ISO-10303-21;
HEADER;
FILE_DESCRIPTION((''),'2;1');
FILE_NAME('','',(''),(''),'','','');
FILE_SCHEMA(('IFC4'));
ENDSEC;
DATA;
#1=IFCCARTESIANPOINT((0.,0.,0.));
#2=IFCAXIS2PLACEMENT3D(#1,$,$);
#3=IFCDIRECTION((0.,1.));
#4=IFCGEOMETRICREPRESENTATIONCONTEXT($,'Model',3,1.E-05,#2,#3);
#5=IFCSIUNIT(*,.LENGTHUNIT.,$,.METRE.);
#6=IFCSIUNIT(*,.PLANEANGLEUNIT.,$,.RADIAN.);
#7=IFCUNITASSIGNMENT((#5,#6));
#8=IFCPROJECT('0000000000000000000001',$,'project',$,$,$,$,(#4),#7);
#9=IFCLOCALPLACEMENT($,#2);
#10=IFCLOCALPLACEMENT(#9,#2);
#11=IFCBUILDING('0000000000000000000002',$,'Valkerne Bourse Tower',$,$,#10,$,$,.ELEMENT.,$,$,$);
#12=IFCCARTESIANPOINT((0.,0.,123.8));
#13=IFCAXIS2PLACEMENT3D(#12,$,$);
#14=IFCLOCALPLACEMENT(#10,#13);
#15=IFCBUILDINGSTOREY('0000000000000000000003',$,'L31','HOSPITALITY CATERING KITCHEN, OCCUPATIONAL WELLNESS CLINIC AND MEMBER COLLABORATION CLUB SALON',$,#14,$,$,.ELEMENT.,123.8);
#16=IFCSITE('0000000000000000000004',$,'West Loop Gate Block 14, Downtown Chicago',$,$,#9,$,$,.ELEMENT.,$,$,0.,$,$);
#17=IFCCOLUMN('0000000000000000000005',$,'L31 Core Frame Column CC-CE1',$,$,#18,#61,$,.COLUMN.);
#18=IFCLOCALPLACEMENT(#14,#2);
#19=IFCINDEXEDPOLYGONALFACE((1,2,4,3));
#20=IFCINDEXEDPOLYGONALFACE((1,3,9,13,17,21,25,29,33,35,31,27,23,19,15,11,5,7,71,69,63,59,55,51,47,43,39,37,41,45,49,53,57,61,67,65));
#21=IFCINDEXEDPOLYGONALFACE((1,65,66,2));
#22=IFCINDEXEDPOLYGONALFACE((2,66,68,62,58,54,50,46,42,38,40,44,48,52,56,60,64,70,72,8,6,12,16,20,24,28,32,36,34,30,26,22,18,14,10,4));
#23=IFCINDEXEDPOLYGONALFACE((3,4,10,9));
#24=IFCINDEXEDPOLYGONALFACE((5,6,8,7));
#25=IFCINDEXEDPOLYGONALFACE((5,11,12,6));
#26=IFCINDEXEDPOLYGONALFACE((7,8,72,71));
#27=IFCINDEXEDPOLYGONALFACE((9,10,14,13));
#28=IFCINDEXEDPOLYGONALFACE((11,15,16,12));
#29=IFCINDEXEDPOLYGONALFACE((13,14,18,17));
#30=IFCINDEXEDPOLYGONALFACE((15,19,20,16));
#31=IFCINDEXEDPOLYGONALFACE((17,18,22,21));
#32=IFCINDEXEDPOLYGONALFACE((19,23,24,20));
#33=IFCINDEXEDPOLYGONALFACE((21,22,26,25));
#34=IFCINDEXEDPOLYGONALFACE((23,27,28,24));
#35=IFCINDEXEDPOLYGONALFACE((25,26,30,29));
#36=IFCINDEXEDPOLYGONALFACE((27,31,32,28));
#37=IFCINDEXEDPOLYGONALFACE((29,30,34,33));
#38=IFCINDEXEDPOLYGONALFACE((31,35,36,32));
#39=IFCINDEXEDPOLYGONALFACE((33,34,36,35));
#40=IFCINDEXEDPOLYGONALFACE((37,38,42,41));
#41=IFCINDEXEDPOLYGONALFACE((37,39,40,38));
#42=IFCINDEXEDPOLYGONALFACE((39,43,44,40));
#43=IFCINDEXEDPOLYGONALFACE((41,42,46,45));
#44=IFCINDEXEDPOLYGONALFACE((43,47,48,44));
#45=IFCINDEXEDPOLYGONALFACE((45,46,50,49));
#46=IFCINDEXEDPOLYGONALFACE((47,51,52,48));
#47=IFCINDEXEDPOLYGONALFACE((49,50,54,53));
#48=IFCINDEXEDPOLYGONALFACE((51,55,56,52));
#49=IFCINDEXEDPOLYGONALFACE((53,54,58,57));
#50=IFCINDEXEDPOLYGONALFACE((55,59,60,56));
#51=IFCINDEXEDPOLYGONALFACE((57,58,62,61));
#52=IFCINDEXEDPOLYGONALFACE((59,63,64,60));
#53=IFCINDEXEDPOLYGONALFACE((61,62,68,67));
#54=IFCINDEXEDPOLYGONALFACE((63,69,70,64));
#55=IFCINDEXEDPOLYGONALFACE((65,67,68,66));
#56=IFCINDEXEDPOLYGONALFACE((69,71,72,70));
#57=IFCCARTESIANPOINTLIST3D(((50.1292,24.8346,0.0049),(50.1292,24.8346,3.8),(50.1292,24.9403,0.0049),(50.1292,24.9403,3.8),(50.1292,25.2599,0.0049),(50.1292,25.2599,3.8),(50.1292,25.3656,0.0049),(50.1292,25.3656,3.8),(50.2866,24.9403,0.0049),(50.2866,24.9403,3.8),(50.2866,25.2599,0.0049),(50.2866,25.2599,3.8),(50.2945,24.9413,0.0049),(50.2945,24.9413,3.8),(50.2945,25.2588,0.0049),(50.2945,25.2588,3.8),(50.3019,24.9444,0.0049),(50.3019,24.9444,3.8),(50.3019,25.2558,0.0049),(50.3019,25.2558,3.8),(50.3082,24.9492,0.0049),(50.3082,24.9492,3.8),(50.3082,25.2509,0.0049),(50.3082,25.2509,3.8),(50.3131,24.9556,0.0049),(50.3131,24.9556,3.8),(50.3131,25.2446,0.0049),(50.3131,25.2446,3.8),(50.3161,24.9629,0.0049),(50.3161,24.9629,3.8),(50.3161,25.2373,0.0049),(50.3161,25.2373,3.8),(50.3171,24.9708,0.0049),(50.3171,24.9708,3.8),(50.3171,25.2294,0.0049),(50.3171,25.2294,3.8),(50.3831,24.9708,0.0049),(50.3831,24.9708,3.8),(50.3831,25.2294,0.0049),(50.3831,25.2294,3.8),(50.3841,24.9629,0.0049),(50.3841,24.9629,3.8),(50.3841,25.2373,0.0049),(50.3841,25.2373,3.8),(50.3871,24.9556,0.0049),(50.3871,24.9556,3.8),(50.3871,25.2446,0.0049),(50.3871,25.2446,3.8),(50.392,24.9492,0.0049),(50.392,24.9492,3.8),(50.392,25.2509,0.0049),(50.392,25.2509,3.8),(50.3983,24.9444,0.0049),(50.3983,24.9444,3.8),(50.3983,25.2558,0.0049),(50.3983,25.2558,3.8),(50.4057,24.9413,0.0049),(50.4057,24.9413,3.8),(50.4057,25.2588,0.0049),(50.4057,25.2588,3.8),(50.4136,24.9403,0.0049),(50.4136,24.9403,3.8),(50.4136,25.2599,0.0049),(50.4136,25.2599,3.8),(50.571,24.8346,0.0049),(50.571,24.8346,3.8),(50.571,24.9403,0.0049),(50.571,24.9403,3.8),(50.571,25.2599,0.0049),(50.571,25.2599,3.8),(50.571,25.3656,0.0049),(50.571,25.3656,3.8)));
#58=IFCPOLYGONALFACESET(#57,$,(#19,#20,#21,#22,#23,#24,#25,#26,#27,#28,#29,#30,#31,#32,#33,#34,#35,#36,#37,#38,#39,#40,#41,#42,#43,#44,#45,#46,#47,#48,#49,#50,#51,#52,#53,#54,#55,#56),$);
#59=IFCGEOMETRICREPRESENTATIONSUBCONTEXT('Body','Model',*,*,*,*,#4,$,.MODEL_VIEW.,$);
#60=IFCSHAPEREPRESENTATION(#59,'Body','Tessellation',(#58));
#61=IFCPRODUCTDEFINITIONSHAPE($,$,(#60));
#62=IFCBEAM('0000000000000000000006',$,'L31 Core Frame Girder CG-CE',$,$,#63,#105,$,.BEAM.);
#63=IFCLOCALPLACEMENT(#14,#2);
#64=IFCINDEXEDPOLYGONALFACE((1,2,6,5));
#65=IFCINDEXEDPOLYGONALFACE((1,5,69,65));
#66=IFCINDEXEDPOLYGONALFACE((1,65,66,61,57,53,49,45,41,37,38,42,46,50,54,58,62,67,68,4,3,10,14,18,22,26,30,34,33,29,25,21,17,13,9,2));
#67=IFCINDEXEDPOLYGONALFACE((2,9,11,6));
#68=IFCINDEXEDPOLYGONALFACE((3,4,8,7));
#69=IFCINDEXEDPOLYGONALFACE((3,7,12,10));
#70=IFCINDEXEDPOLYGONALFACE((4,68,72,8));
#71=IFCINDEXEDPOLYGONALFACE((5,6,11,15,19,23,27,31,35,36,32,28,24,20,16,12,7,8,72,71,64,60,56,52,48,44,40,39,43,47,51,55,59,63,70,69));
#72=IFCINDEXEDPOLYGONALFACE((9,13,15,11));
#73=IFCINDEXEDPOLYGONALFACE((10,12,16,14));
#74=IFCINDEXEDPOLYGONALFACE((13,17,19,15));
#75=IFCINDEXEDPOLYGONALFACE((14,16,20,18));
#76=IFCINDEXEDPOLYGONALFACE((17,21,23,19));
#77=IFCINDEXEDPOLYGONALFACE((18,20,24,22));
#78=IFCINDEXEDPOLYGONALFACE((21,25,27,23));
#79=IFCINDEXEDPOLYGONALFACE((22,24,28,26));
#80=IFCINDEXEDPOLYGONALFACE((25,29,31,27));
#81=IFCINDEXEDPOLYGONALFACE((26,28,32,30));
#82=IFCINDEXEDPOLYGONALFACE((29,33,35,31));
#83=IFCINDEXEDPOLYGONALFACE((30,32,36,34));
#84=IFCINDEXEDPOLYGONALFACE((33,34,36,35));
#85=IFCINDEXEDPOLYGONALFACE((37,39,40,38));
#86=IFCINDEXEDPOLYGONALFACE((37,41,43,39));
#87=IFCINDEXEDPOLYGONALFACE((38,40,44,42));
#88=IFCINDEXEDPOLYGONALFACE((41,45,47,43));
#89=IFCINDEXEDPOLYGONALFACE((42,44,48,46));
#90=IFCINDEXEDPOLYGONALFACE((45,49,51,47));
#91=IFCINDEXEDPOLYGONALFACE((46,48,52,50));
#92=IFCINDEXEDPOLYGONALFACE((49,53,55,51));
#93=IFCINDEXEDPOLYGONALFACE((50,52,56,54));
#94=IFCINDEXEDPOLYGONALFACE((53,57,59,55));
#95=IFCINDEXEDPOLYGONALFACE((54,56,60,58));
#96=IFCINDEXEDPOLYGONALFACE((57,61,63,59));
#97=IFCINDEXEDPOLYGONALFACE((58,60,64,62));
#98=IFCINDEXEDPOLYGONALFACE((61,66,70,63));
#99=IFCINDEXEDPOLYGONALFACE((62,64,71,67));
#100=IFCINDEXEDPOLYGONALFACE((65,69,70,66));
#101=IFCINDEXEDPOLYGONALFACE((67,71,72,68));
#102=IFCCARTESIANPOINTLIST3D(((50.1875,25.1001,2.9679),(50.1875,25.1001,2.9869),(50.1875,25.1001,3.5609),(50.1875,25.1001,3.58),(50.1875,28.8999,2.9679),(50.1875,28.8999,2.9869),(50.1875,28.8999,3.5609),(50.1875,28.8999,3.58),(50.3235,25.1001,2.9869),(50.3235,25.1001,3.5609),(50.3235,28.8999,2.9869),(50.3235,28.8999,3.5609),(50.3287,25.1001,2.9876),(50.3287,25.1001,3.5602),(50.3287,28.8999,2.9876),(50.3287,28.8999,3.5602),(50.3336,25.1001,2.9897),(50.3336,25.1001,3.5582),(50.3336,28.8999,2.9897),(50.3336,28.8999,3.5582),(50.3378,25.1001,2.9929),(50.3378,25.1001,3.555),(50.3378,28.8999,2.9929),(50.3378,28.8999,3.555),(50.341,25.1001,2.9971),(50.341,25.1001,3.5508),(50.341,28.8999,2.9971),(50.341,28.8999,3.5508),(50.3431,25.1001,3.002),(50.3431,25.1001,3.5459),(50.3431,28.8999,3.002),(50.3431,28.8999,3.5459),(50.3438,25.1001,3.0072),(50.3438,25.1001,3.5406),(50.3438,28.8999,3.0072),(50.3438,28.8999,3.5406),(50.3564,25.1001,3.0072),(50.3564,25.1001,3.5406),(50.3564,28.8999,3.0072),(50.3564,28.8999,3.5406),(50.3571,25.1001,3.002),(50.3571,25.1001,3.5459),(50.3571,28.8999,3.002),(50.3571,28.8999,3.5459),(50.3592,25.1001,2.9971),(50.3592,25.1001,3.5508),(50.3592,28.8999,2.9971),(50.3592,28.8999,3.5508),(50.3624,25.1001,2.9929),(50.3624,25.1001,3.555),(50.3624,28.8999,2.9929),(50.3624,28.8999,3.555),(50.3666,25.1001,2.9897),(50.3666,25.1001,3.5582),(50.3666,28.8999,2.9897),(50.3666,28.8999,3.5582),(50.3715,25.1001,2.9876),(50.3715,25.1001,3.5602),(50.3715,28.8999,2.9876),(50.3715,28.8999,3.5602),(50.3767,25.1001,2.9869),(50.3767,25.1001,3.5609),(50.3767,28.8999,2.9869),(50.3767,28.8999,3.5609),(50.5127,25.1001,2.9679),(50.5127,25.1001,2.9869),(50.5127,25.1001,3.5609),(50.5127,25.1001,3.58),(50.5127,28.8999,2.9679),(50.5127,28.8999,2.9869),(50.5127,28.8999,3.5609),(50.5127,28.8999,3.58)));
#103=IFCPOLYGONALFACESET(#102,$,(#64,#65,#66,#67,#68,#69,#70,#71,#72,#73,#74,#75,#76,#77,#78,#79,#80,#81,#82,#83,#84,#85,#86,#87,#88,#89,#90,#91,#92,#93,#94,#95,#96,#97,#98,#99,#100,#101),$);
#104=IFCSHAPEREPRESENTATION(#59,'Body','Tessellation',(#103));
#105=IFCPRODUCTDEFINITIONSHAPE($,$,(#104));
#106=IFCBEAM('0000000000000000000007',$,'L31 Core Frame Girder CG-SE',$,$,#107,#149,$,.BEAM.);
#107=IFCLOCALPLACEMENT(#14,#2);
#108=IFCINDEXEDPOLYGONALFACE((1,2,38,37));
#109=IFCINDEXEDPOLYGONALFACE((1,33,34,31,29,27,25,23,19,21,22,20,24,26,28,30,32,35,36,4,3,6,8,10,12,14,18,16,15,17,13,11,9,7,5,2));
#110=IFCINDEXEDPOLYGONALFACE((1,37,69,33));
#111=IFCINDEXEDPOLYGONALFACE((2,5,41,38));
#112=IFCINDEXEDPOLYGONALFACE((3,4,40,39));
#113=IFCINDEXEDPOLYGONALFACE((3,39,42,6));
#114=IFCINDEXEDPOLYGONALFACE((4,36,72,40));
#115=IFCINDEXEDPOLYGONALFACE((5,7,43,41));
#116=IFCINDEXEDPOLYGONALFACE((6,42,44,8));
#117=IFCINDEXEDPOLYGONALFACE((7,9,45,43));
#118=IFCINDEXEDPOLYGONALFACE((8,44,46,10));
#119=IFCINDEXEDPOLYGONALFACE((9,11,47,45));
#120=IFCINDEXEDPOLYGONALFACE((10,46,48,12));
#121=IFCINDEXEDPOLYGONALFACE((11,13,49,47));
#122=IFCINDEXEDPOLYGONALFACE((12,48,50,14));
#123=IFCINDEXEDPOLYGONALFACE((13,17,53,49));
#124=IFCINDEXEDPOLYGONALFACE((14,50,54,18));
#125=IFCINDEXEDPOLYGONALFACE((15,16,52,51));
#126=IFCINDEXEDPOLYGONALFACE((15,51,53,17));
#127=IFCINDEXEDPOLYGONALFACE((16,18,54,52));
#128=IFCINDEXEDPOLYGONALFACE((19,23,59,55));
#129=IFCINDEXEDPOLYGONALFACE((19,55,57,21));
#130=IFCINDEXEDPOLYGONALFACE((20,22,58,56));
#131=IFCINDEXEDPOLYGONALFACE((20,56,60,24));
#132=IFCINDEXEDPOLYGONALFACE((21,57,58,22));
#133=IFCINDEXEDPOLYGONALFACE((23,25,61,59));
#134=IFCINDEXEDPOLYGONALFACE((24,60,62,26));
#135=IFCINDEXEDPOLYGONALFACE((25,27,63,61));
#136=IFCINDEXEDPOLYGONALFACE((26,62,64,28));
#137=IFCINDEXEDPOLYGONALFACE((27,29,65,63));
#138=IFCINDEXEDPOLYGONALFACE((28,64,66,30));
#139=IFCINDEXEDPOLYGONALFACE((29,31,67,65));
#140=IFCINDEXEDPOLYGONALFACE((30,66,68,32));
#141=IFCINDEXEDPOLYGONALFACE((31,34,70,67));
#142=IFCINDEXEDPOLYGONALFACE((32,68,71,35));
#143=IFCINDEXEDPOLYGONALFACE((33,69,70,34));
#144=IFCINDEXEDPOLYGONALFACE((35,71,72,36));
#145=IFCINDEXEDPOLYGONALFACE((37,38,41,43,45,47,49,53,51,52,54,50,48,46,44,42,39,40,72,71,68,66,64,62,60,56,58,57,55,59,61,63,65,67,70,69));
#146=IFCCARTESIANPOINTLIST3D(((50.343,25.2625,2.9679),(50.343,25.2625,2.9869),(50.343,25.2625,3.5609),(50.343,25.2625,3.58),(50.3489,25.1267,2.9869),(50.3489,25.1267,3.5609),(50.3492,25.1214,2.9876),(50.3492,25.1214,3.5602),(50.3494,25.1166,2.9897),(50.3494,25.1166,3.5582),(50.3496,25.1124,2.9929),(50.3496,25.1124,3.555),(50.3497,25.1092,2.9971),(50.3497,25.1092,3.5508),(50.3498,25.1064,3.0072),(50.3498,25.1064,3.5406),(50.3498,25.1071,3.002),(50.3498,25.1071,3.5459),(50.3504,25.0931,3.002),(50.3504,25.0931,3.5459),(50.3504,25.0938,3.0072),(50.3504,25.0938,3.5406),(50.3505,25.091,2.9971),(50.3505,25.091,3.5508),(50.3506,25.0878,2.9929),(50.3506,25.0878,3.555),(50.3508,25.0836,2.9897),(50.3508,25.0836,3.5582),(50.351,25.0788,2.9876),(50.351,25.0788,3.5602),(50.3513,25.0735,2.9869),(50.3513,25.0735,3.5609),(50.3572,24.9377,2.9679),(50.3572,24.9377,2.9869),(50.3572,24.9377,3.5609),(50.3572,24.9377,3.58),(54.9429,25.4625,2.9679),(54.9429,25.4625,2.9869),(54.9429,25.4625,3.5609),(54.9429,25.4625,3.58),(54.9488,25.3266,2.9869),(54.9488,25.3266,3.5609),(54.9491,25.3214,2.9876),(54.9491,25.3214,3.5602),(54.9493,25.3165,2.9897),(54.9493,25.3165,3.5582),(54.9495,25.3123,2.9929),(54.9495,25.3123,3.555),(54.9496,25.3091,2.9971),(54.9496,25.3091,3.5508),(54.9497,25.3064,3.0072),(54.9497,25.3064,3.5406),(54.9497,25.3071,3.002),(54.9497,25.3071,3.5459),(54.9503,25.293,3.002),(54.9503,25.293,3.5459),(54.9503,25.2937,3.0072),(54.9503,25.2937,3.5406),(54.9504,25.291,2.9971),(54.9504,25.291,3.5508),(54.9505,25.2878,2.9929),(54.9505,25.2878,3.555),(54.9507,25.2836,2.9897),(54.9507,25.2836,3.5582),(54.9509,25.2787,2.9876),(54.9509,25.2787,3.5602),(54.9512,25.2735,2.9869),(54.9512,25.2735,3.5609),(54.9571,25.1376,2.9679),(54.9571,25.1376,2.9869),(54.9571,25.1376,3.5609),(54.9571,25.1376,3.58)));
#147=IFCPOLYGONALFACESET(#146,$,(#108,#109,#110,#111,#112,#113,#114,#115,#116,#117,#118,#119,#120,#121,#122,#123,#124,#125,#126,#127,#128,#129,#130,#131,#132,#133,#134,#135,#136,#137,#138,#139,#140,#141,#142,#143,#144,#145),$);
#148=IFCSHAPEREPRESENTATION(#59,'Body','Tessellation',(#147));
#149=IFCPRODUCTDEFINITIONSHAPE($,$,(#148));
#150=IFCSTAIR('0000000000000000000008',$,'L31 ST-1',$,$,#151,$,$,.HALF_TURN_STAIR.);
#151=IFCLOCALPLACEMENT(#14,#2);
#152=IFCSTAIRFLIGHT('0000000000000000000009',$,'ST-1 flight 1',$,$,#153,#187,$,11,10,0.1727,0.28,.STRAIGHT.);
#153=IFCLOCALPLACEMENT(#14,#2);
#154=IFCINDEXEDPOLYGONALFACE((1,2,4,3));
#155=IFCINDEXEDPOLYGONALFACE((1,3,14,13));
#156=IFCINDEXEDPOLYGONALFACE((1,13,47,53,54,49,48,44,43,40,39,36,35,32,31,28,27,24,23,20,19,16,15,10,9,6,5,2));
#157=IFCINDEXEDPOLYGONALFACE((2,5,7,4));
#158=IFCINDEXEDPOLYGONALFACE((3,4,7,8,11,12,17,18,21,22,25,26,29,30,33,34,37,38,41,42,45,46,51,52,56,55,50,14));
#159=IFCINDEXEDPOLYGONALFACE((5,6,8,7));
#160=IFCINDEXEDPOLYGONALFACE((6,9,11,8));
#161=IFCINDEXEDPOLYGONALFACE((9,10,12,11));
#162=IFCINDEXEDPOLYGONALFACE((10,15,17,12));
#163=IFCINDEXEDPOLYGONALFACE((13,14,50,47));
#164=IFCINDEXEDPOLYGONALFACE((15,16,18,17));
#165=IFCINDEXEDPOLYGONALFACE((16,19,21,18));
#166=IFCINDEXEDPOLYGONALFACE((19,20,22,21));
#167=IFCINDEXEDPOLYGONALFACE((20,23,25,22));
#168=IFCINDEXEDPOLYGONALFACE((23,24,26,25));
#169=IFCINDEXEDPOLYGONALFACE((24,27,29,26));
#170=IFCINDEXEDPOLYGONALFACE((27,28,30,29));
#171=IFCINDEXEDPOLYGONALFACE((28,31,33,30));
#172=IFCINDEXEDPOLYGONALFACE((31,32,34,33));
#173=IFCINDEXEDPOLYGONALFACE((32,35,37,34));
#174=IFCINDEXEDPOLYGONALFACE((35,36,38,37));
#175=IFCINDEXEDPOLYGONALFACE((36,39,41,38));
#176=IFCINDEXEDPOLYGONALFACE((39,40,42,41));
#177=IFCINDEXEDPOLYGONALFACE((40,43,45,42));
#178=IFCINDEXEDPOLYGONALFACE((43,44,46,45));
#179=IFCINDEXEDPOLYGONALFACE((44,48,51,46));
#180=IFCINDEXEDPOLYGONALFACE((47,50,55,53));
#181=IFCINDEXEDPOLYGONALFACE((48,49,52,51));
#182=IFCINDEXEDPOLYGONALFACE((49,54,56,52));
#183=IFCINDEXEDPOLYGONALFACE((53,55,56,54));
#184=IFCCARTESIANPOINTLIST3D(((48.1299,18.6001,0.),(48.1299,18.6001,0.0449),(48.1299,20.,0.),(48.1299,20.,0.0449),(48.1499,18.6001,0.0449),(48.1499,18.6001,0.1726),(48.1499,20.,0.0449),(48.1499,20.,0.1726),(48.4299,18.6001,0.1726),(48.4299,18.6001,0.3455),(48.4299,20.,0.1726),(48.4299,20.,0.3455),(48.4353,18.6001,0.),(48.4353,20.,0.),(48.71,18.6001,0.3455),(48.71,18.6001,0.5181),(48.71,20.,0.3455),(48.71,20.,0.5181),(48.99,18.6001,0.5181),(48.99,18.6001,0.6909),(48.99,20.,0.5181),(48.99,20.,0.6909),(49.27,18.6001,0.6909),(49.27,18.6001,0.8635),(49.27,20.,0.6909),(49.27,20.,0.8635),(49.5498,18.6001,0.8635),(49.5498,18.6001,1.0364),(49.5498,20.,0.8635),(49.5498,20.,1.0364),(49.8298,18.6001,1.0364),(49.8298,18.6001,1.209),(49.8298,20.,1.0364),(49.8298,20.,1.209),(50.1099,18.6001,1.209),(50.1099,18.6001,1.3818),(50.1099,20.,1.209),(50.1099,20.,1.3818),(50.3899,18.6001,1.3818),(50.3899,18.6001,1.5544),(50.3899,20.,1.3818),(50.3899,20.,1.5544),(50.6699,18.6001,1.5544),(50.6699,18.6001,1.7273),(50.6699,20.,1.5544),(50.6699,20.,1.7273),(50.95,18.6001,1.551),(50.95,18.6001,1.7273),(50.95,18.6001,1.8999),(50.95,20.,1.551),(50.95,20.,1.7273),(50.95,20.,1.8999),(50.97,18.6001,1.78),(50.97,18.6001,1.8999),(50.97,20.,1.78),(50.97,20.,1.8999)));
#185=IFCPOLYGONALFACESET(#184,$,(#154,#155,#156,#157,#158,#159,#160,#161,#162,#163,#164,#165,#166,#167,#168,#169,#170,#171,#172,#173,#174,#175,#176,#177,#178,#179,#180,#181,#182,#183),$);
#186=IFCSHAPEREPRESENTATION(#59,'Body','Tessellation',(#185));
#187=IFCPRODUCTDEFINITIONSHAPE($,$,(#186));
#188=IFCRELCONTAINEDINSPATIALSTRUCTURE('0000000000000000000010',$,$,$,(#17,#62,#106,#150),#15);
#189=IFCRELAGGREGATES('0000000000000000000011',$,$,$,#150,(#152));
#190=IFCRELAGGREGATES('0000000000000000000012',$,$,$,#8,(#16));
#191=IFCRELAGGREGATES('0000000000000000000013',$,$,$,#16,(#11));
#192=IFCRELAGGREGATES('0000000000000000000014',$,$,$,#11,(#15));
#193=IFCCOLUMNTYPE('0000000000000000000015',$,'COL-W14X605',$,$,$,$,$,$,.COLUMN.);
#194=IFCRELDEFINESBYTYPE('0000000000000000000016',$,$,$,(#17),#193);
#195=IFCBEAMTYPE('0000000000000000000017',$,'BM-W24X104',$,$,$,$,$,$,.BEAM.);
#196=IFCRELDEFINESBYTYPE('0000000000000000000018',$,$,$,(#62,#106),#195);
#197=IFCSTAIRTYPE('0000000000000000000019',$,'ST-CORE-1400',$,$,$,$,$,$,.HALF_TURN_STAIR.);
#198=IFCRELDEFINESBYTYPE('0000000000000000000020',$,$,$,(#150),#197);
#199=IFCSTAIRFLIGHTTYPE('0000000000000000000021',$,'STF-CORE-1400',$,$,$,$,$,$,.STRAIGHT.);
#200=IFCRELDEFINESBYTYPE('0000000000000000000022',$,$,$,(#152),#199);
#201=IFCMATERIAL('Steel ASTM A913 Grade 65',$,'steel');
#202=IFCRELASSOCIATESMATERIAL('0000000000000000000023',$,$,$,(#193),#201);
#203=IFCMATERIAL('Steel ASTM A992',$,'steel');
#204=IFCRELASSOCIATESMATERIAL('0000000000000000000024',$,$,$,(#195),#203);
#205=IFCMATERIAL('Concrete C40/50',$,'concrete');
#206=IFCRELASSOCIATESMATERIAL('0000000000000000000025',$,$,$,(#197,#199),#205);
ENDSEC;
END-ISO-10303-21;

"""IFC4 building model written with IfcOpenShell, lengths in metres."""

from ifc_helpers import new_model, si_unit, direction, frame, origin, origin_2d, place, context, subcontext, project, spatial, polyline, i_section, outline, extrude, material, material_profile, profile_set, type_object, element, aggregate, save


model = new_model("IFC4")

# Units and contexts
model_context = context("Model", 3, precision=1e-05, world=origin(), true_north=direction((0.0, 1.0)))
body_context = subcontext(model_context, "Body", "Model", "MODEL_VIEW")
ifc_project = project(units=[si_unit("LENGTHUNIT", "METRE"), si_unit("PLANEANGLEUNIT", "RADIAN")], contexts=[model_context])

# Site, building, storey
site_placement = place(None, origin())
site = spatial("IfcSite", under=ifc_project, at=site_placement, Name="West Loop Gate Block 14, Downtown Chicago", CompositionType="ELEMENT", RefElevation=0.0)
building_placement = place(site_placement, origin())
building = spatial("IfcBuilding", under=site, at=building_placement, Name="Valkerne Bourse Tower", CompositionType="ELEMENT")
storey_placement = place(building_placement, frame((0.0, 0.0, 123.8)))
storey = spatial("IfcBuildingStorey", under=building, at=storey_placement, Name="L31", Description="HOSPITALITY CATERING KITCHEN, OCCUPATIONAL WELLNESS CLINIC AND MEMBER COLLABORATION CLUB SALON", CompositionType="ELEMENT", Elevation=123.8)

# Column
ifc_material_1 = material(Name="Steel ASTM A913 Grade 65", Category="steel")
ifc_material_profile_1 = material_profile(ifc_material_1, i_section(OverallWidth=0.4419, OverallDepth=0.531, WebThickness=0.0659, FlangeThickness=0.1057, FilletRadius=0.0305, at=origin_2d()), Name="W14X605")
ifc_profile_set_1 = profile_set([ifc_material_profile_1], Name="Steel ASTM A913 Grade 65")
column_type = type_object("IfcColumnType", Name="COL-W14X605", PredefinedType="COLUMN", material=ifc_profile_set_1)
column_placement = place(storey_placement, frame((50.3501, 25.1001, 0.0049), z_axis=(0.0, 0.0, 1.0), x_axis=(1.0, 0.0, 0.0)))
element("IfcColumn", 1, at=column_placement, inside=storey, type_object=column_type, Name="L31 Core Frame Column CC-CE1", PredefinedType="COLUMN", context=body_context, shape_type="SweptSolid", body=[
    extrude(i_section(OverallWidth=0.4419, OverallDepth=0.531, WebThickness=0.0659, FlangeThickness=0.1057, FilletRadius=0.0305, at=origin_2d()), origin(), (0.0, 0.0, 1.0), 3.7952),
])

# Beams
ifc_material_2 = material(Name="Steel ASTM A992", Category="steel")
ifc_material_profile_2 = material_profile(ifc_material_2, i_section(OverallWidth=0.3252, OverallDepth=0.6121, WebThickness=0.0127, FlangeThickness=0.019, FilletRadius=0.0203, at=origin_2d()), Name="W24X104")
ifc_profile_set_2 = profile_set([ifc_material_profile_2], Name="Steel ASTM A992")
beam_type = type_object("IfcBeamType", Name="BM-W24X104", PredefinedType="BEAM", material=ifc_profile_set_2)
beam_1_placement = place(storey_placement, frame((50.3501, 25.1001, 3.2739), z_axis=(0.0, 1.0, 0.0), x_axis=(-1.0, 0.0, 0.0)))
element("IfcBeam", 2, at=beam_1_placement, inside=storey, type_object=beam_type, Name="L31 Core Frame Girder CG-CE", PredefinedType="BEAM", context=body_context, shape_type="SweptSolid", body=[
    extrude(i_section(OverallWidth=0.3252, OverallDepth=0.6121, WebThickness=0.0127, FlangeThickness=0.019, FilletRadius=0.0203, at=origin_2d()), origin(), (0.0, 0.0, 1.0), 3.7998),
])
beam_2_placement = place(storey_placement, frame((50.3501, 25.1001, 3.2739), z_axis=(0.999057, 0.043428, 0.0), x_axis=(-0.043428, 0.999057, 0.0)))
element("IfcBeam", 3, at=beam_2_placement, inside=storey, type_object=beam_type, Name="L31 Core Frame Girder CG-SE", PredefinedType="BEAM", context=body_context, shape_type="SweptSolid", body=[
    extrude(i_section(OverallWidth=0.3252, OverallDepth=0.6121, WebThickness=0.0127, FlangeThickness=0.019, FilletRadius=0.0203, at=origin_2d()), origin(), (0.0, 0.0, 1.0), 4.6042),
])

# Stair, stair flight
ifc_material_3 = material(Name="Concrete C40/50", Category="concrete")
stair_type = type_object("IfcStairType", Name="ST-CORE-1400", PredefinedType="HALF_TURN_STAIR", material=ifc_material_3)
stair_placement = place(storey_placement, origin())
stair = element("IfcStair", 4, at=stair_placement, inside=storey, type_object=stair_type, Name="L31 ST-1", PredefinedType="HALF_TURN_STAIR")
stair_flight_type = type_object("IfcStairFlightType", Name="STF-CORE-1400", PredefinedType="STRAIGHT", material=ifc_material_3)
stair_flight_1_placement = place(storey_placement, frame((48.1499, 19.3, 0.0), z_axis=(0.0, 0.0, 1.0), x_axis=(1.0, 0.0, 0.0)))
stair_flight_1 = element("IfcStairFlight", 5, at=stair_flight_1_placement, type_object=stair_flight_type, Name="ST-1 flight 1", NumberOfRisers=11, NumberOfTreads=10, PredefinedType="STRAIGHT", RiserHeight=0.1727, TreadLength=0.28, context=body_context, shape_type="SweptSolid", body=[
    extrude(outline(polyline([(-0.02, 0.0), (-0.02, 0.0449), (0.0, 0.0449), (0.0, 0.1726), (0.28, 0.1726), (0.28, 0.3455), (0.5601, 0.3455), (0.5601, 0.5181), (0.8401, 0.5181), (0.8401, 0.6909), (1.1201, 0.6909), (1.1201, 0.8635), (1.3999, 0.8635), (1.3999, 1.0364), (1.6799, 1.0364), (1.6799, 1.209), (1.96, 1.209), (1.96, 1.3818), (2.24, 1.3818), (2.24, 1.5544), (2.52, 1.5544), (2.52, 1.7273), (2.8, 1.7273), (2.8, 1.8999), (2.8201, 1.8999), (2.8201, 1.78), (2.8, 1.551), (0.2854, 0.0), (-0.02, 0.0)])), frame((0.0, 0.7, 0.0), z_axis=(0.0, -1.0, 0.0), x_axis=(1.0, 0.0, 0.0)), (0.0, 0.0, 1.0), 1.3999),
])
aggregate(stair, [stair_flight_1])

save(model, "model.ifc")
